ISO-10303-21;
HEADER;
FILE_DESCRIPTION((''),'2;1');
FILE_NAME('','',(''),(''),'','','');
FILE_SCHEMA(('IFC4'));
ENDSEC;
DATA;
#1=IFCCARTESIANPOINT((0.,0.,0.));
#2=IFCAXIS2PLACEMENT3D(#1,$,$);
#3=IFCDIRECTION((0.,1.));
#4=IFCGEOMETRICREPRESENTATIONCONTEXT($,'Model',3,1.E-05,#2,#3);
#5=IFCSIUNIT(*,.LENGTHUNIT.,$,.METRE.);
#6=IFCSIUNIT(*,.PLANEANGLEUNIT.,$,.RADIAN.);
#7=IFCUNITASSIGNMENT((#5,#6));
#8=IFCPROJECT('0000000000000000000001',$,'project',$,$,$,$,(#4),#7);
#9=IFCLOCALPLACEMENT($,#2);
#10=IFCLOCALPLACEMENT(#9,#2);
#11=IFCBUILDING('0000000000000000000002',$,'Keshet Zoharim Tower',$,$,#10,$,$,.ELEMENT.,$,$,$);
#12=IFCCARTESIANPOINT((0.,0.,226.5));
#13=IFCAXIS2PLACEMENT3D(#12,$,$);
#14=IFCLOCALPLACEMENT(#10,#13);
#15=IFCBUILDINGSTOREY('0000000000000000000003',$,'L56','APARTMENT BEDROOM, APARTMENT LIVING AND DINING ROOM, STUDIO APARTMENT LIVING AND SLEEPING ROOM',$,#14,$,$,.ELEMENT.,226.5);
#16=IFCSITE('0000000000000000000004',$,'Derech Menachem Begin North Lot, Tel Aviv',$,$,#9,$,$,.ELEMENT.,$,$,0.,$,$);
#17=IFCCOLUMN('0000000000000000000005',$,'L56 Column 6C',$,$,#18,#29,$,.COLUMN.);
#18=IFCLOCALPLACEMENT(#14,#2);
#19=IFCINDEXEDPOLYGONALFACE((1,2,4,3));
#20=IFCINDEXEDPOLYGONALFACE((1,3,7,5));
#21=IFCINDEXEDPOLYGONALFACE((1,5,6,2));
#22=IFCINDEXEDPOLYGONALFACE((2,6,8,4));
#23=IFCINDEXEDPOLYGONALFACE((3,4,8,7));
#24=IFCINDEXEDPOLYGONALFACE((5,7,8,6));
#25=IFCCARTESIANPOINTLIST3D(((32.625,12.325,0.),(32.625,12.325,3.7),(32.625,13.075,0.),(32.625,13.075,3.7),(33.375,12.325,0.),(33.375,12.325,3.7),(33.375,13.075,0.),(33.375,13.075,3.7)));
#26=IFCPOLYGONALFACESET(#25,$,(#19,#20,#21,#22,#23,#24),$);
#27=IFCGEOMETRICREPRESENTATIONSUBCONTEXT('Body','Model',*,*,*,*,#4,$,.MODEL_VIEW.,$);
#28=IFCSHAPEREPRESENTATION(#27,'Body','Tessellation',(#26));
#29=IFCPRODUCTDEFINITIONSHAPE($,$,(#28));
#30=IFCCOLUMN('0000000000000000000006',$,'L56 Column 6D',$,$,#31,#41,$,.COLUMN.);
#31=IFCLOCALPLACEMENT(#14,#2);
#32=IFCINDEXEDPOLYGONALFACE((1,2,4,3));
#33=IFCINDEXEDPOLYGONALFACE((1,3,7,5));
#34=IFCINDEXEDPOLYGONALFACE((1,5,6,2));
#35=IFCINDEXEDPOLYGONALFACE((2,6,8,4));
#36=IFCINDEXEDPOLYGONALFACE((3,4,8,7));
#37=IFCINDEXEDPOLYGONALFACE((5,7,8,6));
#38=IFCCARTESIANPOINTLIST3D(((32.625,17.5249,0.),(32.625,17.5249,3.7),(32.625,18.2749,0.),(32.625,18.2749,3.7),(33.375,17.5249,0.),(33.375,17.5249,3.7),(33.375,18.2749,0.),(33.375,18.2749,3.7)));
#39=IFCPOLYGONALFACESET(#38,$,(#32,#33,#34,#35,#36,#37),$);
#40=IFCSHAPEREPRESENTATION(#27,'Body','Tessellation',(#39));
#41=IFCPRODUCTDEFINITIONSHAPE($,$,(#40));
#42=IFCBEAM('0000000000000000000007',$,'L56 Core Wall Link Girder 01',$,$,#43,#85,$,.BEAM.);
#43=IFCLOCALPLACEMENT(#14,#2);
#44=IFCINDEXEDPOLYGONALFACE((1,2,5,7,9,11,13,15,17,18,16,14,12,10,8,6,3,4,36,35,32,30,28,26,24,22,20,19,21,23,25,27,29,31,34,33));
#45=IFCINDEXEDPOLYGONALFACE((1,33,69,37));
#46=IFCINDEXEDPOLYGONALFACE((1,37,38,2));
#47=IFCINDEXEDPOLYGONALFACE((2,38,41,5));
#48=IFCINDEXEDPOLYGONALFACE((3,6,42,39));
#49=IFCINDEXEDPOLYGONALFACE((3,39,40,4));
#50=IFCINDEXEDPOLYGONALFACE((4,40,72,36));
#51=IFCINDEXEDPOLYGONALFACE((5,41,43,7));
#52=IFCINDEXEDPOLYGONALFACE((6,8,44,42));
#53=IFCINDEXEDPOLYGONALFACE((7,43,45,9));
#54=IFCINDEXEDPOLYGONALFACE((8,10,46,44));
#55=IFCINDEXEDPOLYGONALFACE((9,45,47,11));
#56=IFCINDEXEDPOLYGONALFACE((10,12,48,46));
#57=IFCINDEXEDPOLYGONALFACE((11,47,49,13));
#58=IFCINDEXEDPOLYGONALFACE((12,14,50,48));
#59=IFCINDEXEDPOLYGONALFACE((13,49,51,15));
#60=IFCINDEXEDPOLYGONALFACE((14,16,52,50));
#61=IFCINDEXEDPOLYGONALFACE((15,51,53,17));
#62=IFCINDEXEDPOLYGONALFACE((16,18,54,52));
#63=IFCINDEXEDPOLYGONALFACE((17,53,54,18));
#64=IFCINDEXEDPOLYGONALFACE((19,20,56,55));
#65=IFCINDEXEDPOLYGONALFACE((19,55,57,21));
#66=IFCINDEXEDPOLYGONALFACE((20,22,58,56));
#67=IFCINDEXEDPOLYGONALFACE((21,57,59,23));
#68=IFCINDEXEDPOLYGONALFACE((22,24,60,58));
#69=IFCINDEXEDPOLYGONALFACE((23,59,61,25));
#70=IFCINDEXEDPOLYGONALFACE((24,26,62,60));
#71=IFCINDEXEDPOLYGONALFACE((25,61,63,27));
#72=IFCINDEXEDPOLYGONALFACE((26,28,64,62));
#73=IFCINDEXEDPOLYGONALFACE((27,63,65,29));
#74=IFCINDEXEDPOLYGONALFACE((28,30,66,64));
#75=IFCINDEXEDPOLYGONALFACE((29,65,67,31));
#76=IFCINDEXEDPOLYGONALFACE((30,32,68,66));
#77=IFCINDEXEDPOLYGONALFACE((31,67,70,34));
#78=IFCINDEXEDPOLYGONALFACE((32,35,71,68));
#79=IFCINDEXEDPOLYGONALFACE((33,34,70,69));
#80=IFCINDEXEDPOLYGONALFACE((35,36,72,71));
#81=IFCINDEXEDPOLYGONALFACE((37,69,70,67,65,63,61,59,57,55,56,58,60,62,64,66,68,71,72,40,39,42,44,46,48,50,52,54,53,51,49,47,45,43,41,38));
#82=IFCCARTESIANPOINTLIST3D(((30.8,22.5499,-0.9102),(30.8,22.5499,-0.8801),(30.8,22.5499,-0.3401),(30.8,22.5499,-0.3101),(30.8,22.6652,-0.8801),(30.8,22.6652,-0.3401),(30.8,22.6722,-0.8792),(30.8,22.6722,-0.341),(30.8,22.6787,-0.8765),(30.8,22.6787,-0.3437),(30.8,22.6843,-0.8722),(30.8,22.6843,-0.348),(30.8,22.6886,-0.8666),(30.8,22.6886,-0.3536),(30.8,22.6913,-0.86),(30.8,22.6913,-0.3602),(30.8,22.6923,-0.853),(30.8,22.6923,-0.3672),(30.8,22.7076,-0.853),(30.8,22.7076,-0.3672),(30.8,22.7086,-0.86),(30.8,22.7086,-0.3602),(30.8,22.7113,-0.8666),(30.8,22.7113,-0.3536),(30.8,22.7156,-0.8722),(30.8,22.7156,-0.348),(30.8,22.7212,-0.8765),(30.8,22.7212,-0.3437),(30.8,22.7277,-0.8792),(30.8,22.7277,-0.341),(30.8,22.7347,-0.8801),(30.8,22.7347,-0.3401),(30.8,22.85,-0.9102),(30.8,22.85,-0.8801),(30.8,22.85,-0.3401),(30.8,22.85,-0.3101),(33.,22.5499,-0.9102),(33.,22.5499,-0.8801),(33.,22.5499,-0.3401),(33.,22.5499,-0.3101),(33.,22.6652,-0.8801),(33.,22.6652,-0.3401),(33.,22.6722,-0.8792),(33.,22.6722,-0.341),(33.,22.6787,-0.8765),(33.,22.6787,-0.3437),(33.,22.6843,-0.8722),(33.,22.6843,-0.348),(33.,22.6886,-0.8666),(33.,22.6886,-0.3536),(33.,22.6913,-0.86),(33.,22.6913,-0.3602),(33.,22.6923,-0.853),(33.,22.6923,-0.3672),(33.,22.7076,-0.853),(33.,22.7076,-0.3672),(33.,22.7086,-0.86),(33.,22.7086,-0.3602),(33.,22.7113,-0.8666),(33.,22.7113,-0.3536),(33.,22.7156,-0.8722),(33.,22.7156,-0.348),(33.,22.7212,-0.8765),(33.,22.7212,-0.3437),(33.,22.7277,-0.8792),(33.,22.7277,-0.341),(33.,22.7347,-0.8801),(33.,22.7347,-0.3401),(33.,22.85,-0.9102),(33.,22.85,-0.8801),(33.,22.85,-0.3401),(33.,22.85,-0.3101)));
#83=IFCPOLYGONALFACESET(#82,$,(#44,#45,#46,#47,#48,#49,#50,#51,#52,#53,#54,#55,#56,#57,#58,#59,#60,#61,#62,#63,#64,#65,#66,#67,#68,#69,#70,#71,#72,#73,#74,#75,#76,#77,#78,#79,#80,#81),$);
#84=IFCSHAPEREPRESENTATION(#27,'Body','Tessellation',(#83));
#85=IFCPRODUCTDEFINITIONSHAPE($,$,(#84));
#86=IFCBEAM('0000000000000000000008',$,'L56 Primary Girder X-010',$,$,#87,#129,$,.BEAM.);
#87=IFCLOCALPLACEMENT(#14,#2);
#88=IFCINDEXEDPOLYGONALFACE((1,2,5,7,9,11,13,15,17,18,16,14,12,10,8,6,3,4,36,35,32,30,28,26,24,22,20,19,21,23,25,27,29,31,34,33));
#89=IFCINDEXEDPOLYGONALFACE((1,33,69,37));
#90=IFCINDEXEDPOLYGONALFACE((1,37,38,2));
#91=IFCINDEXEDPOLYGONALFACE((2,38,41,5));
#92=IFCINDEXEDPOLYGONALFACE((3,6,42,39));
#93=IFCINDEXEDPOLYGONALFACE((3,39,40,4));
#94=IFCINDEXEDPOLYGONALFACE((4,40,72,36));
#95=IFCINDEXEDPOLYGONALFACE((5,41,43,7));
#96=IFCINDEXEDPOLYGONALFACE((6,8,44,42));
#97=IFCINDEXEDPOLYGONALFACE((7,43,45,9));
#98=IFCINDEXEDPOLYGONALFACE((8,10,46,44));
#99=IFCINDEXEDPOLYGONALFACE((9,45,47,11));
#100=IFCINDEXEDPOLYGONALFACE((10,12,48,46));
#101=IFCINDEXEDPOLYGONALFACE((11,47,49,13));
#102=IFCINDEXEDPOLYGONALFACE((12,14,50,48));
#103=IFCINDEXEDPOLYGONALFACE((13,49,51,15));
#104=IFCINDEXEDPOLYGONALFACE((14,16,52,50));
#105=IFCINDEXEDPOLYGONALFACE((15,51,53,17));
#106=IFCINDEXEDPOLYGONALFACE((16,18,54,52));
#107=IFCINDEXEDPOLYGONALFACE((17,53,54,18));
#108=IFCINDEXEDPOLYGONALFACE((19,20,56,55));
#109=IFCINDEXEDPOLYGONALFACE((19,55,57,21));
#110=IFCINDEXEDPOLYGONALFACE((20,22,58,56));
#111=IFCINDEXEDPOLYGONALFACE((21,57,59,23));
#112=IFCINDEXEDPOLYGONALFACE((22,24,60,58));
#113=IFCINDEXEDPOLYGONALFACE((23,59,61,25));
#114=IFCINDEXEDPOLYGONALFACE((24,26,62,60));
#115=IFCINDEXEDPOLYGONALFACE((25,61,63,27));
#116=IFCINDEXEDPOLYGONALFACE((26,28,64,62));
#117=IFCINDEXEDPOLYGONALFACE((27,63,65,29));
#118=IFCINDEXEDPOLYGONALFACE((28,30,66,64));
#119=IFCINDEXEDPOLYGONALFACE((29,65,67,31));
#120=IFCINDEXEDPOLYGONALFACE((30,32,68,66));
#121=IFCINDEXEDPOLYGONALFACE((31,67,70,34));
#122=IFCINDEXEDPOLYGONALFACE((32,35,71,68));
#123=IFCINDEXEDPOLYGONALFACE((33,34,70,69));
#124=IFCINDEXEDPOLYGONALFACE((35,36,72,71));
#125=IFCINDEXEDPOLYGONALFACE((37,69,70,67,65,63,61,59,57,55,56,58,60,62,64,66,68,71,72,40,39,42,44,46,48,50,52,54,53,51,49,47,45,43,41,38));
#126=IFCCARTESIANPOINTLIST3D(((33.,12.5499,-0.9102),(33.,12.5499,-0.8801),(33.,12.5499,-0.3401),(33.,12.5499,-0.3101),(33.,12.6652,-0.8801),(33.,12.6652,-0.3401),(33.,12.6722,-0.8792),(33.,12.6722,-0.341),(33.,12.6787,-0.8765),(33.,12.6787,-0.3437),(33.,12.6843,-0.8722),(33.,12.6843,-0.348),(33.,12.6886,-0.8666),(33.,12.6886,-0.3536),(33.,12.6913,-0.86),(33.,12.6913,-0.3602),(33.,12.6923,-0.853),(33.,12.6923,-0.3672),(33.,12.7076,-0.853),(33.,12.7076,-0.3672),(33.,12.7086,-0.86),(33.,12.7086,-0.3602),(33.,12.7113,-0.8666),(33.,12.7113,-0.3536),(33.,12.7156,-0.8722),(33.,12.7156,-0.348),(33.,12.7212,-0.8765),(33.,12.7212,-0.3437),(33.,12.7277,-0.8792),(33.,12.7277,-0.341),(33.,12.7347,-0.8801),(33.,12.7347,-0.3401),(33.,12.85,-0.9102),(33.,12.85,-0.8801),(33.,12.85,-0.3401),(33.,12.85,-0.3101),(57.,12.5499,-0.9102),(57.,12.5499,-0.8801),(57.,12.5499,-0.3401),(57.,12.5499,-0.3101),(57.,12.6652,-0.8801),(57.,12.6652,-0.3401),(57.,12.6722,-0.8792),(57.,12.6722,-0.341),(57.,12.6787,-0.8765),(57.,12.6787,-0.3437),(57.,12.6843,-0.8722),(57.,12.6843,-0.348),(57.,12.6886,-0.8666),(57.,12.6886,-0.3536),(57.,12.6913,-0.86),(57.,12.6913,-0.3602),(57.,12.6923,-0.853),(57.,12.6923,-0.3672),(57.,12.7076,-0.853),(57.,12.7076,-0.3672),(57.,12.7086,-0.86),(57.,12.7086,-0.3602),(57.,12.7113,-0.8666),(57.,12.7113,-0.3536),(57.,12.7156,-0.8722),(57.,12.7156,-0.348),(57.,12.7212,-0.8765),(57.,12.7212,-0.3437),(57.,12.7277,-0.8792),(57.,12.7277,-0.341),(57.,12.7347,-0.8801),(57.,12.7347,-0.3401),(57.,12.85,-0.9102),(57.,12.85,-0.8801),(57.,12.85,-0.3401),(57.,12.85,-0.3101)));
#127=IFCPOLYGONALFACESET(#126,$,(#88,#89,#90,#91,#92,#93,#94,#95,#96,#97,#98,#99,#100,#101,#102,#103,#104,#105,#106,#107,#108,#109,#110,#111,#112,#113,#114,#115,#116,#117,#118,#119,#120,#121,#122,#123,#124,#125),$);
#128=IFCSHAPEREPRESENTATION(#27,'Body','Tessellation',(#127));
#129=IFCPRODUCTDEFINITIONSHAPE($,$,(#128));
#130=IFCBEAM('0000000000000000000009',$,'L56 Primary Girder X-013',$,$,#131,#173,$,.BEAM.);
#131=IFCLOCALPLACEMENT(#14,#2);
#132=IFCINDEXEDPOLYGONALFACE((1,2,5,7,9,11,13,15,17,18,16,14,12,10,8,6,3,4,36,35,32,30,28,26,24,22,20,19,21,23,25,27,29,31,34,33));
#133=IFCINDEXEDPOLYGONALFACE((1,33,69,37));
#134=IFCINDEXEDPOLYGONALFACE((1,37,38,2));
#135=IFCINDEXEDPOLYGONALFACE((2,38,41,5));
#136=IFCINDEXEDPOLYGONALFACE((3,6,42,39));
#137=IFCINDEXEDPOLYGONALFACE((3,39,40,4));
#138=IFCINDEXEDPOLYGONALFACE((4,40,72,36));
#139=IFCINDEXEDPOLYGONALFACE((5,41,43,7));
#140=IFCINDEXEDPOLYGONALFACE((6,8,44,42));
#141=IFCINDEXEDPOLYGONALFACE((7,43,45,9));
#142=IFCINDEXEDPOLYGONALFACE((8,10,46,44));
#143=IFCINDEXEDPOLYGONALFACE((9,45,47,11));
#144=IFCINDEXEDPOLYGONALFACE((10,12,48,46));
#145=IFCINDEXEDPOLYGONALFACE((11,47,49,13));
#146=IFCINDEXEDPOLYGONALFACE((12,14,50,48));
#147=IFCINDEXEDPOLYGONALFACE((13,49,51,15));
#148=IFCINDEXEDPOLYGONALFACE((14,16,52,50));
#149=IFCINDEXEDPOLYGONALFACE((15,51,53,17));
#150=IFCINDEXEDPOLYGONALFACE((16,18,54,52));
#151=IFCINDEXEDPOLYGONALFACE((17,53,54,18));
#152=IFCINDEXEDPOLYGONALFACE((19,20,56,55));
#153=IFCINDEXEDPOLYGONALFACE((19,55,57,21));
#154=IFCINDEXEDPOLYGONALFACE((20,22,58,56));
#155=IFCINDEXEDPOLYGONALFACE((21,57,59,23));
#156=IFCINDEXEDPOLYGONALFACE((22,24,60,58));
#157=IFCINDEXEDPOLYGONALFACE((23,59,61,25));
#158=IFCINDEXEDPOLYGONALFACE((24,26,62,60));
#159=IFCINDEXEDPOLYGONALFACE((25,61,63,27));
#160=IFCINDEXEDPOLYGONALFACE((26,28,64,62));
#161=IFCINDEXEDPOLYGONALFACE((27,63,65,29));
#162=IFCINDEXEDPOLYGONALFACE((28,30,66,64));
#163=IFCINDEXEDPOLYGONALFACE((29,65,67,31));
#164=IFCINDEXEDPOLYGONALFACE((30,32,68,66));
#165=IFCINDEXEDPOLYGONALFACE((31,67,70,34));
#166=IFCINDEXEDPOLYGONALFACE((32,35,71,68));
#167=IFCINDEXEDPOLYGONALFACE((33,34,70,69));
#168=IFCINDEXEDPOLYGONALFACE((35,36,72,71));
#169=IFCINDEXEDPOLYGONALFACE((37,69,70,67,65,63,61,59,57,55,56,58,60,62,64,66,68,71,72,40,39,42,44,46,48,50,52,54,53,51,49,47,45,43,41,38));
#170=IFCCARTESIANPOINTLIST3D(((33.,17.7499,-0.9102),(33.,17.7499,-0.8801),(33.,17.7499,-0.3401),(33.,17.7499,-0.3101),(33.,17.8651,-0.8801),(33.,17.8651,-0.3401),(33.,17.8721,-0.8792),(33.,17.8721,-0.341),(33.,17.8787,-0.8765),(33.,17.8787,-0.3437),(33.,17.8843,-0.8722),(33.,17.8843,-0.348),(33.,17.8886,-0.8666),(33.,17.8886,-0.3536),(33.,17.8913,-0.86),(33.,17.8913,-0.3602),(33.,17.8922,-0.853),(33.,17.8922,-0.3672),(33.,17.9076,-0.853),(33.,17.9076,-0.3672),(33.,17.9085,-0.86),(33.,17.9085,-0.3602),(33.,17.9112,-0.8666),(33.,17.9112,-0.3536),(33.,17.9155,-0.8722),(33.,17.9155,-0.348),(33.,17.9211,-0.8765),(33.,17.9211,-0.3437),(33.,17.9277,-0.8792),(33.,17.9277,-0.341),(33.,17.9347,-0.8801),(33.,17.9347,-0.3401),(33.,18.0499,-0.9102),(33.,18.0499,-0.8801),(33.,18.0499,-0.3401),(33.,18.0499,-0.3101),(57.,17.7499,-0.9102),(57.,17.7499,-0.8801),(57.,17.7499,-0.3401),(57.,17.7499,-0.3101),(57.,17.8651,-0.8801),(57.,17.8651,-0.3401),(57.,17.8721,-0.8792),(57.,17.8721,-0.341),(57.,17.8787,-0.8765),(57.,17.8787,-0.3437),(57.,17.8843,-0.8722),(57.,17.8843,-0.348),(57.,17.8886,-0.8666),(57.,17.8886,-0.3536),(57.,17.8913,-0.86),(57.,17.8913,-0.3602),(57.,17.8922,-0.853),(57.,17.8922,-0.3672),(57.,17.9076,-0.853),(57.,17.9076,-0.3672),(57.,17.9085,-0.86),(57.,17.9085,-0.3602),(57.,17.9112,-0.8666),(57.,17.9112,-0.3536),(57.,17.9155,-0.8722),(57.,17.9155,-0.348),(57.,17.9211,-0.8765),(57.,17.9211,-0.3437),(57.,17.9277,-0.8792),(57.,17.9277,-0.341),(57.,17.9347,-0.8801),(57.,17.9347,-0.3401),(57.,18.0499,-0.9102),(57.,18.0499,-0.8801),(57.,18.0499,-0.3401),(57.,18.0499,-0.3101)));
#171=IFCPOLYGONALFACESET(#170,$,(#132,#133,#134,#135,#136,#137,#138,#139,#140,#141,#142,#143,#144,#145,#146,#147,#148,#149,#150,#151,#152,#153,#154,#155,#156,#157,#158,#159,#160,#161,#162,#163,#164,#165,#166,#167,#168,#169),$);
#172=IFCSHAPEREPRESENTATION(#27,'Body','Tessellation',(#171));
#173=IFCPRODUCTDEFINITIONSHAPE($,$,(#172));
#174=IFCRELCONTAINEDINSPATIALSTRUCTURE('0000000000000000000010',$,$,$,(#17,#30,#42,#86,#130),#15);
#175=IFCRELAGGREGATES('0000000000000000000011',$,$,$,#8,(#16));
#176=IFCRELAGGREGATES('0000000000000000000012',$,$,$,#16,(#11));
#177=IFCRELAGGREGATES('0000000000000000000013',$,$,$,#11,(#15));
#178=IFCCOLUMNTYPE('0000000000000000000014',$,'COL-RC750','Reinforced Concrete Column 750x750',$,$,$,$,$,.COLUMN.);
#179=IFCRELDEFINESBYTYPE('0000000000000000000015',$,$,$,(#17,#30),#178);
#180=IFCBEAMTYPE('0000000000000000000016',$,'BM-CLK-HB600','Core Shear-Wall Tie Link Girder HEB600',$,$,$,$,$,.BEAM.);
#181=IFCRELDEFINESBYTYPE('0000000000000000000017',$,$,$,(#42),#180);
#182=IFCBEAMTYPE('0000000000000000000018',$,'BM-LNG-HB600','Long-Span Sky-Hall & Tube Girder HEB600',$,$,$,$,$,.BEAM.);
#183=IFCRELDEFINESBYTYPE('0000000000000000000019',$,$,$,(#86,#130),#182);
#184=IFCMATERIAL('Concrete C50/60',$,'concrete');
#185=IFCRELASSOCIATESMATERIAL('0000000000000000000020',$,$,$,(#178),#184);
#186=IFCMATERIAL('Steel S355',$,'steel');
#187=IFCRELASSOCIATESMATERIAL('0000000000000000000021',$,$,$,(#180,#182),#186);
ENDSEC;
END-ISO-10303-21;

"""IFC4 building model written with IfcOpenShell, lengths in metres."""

from ifc_helpers import new_model, si_unit, direction, frame, origin, origin_2d, place, context, subcontext, project, spatial, rectangle, i_section, extrude, material, material_profile, profile_set, type_object, element, save


model = new_model("IFC4")

# Units and contexts
model_context = context("Model", 3, precision=1e-05, world=origin(), true_north=direction((0.0, 1.0)))
body_context = subcontext(model_context, "Body", "Model", "MODEL_VIEW")
ifc_project = project(units=[si_unit("LENGTHUNIT", "METRE"), si_unit("PLANEANGLEUNIT", "RADIAN")], contexts=[model_context])

# Site, building, storey
site_placement = place(None, origin())
site = spatial("IfcSite", under=ifc_project, at=site_placement, Name="Derech Menachem Begin North Lot, Tel Aviv", CompositionType="ELEMENT", RefElevation=0.0)
building_placement = place(site_placement, origin())
building = spatial("IfcBuilding", under=site, at=building_placement, Name="Keshet Zoharim Tower", CompositionType="ELEMENT")
storey_placement = place(building_placement, frame((0.0, 0.0, 226.5)))
storey = spatial("IfcBuildingStorey", under=building, at=storey_placement, Name="L56", Description="APARTMENT BEDROOM, APARTMENT LIVING AND DINING ROOM, STUDIO APARTMENT LIVING AND SLEEPING ROOM", CompositionType="ELEMENT", Elevation=226.5)

# Columns
ifc_material_1 = material(Name="Concrete C50/60", Category="concrete")
ifc_material_profile_1 = material_profile(ifc_material_1, rectangle(XDim=0.75, YDim=0.75, at=origin_2d()), Name="RC750x750")
ifc_profile_set_1 = profile_set([ifc_material_profile_1], Name="Concrete C50/60")
column_type = type_object("IfcColumnType", Name="COL-RC750", Description="Reinforced Concrete Column 750x750", PredefinedType="COLUMN", material=ifc_profile_set_1)
for number, where, z_axis, x_axis, name in (
    (1, (33.0, 12.7, 0.0), (0.0, 0.0, 1.0), (1.0, 0.0, 0.0), "L56 Column 6C"),
    (2, (33.0, 17.8999, 0.0), (0.0, 0.0, 1.0), (1.0, 0.0, 0.0), "L56 Column 6D"),
):
    element("IfcColumn", number, at=place(storey_placement, frame(where, z_axis=z_axis, x_axis=x_axis)), inside=storey, type_object=column_type, Name=name, PredefinedType="COLUMN", context=body_context, shape_type="SweptSolid", body=[
        extrude(rectangle(XDim=0.75, YDim=0.75, at=origin_2d()), origin(), (0.0, 0.0, 1.0), 3.7),
    ])

# Beams
ifc_material_2 = material(Name="Steel S355", Category="steel")
ifc_material_profile_2 = material_profile(ifc_material_2, i_section(OverallWidth=0.3, OverallDepth=0.6001, WebThickness=0.0154, FlangeThickness=0.03, FilletRadius=0.0271, at=origin_2d()), Name="HEB600")
ifc_profile_set_2 = profile_set([ifc_material_profile_2], Name="Steel S355")
beam_type_1 = type_object("IfcBeamType", Name="BM-CLK-HB600", Description="Core Shear-Wall Tie Link Girder HEB600", PredefinedType="BEAM", material=ifc_profile_set_2)
beam_1_placement = place(storey_placement, frame((30.8, 22.7, -0.6101), z_axis=(1.0, 0.0, 0.0), x_axis=(0.0, 1.0, 0.0)))
element("IfcBeam", 3, at=beam_1_placement, inside=storey, type_object=beam_type_1, Name="L56 Core Wall Link Girder 01", PredefinedType="BEAM", context=body_context, shape_type="SweptSolid", body=[
    extrude(i_section(OverallWidth=0.3, OverallDepth=0.6001, WebThickness=0.0154, FlangeThickness=0.03, FilletRadius=0.0271, at=origin_2d()), origin(), (0.0, 0.0, 1.0), 2.2),
])
ifc_material_profile_3 = material_profile(ifc_material_2, i_section(OverallWidth=0.3, OverallDepth=0.6001, WebThickness=0.0154, FlangeThickness=0.03, FilletRadius=0.0271, at=origin_2d()), Name="HEB600")
ifc_profile_set_3 = profile_set([ifc_material_profile_3], Name="Steel S355")
beam_type_2 = type_object("IfcBeamType", Name="BM-LNG-HB600", Description="Long-Span Sky-Hall & Tube Girder HEB600", PredefinedType="BEAM", material=ifc_profile_set_3)
for number, where, z_axis, x_axis, name in (
    (4, (33.0, 12.7, -0.6101), (1.0, 0.0, 0.0), (0.0, 1.0, 0.0), "L56 Primary Girder X-010"),
    (5, (33.0, 17.8999, -0.6101), (1.0, 0.0, 0.0), (0.0, 1.0, 0.0), "L56 Primary Girder X-013"),
):
    element("IfcBeam", number, at=place(storey_placement, frame(where, z_axis=z_axis, x_axis=x_axis)), inside=storey, type_object=beam_type_2, Name=name, PredefinedType="BEAM", context=body_context, shape_type="SweptSolid", body=[
        extrude(i_section(OverallWidth=0.3, OverallDepth=0.6001, WebThickness=0.0154, FlangeThickness=0.03, FilletRadius=0.0271, at=origin_2d()), origin(), (0.0, 0.0, 1.0), 24.0),
    ])

save(model, "model.ifc")
